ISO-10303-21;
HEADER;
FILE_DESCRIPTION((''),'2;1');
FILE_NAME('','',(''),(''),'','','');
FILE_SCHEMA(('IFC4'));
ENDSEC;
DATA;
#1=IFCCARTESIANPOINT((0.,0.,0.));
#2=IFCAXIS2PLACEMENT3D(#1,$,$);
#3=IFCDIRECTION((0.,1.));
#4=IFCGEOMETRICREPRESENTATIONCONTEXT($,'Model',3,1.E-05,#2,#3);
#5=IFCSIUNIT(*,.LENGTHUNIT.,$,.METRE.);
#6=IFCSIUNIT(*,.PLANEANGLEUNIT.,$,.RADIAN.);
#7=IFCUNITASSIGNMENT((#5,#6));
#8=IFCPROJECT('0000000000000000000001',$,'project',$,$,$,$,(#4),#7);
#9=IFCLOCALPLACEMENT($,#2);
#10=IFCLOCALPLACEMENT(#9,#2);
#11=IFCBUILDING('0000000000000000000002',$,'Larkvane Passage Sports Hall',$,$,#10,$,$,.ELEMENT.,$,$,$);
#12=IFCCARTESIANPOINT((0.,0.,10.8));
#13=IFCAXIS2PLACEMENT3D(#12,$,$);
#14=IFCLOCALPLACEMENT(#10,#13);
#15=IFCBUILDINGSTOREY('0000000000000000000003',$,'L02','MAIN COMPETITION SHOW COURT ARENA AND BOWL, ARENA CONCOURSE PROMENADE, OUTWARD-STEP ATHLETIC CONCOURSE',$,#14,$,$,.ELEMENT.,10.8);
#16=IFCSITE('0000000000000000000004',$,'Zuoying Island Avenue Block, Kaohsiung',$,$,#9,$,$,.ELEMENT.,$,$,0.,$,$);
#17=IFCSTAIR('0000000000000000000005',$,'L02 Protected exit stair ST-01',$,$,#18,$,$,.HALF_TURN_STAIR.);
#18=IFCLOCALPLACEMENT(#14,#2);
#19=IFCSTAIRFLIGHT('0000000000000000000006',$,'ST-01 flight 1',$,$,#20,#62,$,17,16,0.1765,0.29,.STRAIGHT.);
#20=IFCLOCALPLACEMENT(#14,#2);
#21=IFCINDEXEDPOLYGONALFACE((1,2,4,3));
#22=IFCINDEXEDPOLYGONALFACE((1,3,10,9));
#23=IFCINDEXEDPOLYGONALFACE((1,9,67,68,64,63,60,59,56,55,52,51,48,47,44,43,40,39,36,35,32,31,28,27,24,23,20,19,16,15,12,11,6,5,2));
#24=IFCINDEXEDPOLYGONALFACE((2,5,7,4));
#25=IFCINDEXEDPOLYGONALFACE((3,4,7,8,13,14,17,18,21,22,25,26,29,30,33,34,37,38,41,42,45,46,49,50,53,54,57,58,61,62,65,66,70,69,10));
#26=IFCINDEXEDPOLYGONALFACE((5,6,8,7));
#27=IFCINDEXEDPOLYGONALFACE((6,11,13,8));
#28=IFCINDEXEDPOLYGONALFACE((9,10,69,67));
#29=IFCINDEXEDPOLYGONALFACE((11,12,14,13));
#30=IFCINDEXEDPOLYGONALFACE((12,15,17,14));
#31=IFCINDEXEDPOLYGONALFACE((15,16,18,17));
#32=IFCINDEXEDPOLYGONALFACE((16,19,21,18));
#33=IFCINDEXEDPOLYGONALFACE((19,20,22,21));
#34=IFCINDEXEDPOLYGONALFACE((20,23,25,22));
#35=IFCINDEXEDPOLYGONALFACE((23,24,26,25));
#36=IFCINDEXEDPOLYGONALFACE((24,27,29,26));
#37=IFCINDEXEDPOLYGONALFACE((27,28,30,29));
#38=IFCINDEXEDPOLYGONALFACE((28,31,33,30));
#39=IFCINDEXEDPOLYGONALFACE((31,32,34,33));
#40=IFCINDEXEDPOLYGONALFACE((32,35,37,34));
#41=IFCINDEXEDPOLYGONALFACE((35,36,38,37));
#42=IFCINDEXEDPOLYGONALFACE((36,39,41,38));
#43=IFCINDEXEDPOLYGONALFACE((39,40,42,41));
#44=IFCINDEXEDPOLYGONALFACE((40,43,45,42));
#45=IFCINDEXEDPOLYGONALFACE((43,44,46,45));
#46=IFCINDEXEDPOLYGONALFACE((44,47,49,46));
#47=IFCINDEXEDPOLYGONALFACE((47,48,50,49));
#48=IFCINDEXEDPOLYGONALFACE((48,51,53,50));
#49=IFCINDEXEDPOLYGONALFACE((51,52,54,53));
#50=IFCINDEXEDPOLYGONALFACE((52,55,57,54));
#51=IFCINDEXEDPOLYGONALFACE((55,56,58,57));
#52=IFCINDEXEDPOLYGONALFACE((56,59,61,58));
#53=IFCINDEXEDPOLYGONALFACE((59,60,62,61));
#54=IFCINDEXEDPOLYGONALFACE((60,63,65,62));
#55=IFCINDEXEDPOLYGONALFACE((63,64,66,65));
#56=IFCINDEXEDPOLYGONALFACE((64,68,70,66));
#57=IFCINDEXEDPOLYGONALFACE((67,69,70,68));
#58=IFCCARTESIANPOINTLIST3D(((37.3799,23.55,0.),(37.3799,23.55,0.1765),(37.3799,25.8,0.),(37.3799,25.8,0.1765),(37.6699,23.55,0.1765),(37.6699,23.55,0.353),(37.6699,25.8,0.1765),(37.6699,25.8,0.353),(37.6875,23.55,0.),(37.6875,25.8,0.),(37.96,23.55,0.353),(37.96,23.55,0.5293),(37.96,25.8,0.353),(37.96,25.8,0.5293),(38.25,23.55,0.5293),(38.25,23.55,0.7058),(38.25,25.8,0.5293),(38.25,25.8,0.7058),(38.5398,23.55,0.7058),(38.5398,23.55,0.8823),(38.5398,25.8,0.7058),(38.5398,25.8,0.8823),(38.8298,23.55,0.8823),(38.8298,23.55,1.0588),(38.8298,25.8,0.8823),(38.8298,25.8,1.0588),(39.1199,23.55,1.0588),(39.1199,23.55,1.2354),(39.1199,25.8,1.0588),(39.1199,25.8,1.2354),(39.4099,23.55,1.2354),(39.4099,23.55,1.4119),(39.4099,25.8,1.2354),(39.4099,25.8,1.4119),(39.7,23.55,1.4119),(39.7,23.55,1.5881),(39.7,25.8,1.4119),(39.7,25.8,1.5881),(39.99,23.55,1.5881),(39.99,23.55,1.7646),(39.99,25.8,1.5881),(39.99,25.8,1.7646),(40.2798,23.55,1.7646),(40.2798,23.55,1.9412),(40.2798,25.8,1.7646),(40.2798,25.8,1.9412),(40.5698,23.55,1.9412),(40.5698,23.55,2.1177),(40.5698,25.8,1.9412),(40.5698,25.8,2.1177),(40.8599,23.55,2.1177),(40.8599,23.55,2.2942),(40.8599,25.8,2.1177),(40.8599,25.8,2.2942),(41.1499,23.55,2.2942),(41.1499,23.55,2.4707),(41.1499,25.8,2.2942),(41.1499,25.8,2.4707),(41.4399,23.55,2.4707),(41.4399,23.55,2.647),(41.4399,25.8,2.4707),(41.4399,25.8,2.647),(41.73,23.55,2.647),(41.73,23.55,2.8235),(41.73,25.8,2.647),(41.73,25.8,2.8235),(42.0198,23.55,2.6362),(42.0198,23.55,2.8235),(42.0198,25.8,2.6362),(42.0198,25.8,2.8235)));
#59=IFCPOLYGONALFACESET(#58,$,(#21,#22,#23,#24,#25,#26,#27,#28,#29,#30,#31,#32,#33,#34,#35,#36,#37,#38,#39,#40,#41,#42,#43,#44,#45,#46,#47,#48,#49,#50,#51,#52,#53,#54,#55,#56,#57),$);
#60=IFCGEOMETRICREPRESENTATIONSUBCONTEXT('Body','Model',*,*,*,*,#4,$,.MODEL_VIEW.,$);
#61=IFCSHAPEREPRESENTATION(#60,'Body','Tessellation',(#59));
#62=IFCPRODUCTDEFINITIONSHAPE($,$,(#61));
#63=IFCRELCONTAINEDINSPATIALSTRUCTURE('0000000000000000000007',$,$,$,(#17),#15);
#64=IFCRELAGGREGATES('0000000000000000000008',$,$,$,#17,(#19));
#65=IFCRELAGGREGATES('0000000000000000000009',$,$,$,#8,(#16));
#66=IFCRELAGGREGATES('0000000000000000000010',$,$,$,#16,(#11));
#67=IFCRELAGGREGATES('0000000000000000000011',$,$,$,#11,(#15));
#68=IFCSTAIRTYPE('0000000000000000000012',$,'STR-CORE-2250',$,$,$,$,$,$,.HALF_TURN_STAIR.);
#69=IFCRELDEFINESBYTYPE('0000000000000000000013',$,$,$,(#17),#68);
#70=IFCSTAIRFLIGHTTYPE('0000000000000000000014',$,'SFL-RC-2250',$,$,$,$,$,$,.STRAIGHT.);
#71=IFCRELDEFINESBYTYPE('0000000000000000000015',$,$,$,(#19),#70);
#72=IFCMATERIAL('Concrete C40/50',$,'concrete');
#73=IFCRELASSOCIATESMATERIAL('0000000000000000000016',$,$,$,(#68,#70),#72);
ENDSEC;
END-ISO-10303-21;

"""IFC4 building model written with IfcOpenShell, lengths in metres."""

from ifc_helpers import new_model, si_unit, direction, frame, origin, place, context, subcontext, project, spatial, polyline, outline, extrude, material, type_object, element, aggregate, save


model = new_model("IFC4")

# Units and contexts
model_context = context("Model", 3, precision=1e-05, world=origin(), true_north=direction((0.0, 1.0)))
body_context = subcontext(model_context, "Body", "Model", "MODEL_VIEW")
ifc_project = project(units=[si_unit("LENGTHUNIT", "METRE"), si_unit("PLANEANGLEUNIT", "RADIAN")], contexts=[model_context])

# Site, building, storey
site_placement = place(None, origin())
site = spatial("IfcSite", under=ifc_project, at=site_placement, Name="Zuoying Island Avenue Block, Kaohsiung", CompositionType="ELEMENT", RefElevation=0.0)
building_placement = place(site_placement, origin())
building = spatial("IfcBuilding", under=site, at=building_placement, Name="Larkvane Passage Sports Hall", CompositionType="ELEMENT")
storey_placement = place(building_placement, frame((0.0, 0.0, 10.8)))
storey = spatial("IfcBuildingStorey", under=building, at=storey_placement, Name="L02", Description="MAIN COMPETITION SHOW COURT ARENA AND BOWL, ARENA CONCOURSE PROMENADE, OUTWARD-STEP ATHLETIC CONCOURSE", CompositionType="ELEMENT", Elevation=10.8)

# Shared definitions
ifc_material_1 = material(Name="Concrete C40/50", Category="concrete")

# Stair, stair flight
stair_type = type_object("IfcStairType", Name="STR-CORE-2250", PredefinedType="HALF_TURN_STAIR", material=ifc_material_1)
stair_placement = place(storey_placement, origin())
stair = element("IfcStair", 1, at=stair_placement, inside=storey, type_object=stair_type, Name="L02 Protected exit stair ST-01", PredefinedType="HALF_TURN_STAIR")
stair_flight_type = type_object("IfcStairFlightType", Name="SFL-RC-2250", PredefinedType="STRAIGHT", material=ifc_material_1)
stair_flight_placement = place(storey_placement, frame((37.3799, 24.675, 0.0), z_axis=(0.0, 0.0, 1.0), x_axis=(1.0, 0.0, 0.0)))
stair_flight = element("IfcStairFlight", 2, at=stair_flight_placement, type_object=stair_flight_type, Name="ST-01 flight 1", NumberOfRisers=17, NumberOfTreads=16, PredefinedType="STRAIGHT", RiserHeight=0.1765, TreadLength=0.29, context=body_context, shape_type="SweptSolid", body=[
    extrude(outline(polyline([(0.0, 0.0), (0.0, 0.1765), (0.29, 0.1765), (0.29, 0.353), (0.5801, 0.353), (0.5801, 0.5293), (0.8701, 0.5293), (0.8701, 0.7058), (1.1599, 0.7058), (1.1599, 0.8823), (1.45, 0.8823), (1.45, 1.0588), (1.74, 1.0588), (1.74, 1.2354), (2.03, 1.2354), (2.03, 1.4119), (2.3201, 1.4119), (2.3201, 1.5881), (2.6101, 1.5881), (2.6101, 1.7646), (2.8999, 1.7646), (2.8999, 1.9412), (3.1899, 1.9412), (3.1899, 2.1177), (3.48, 2.1177), (3.48, 2.2942), (3.77, 2.2942), (3.77, 2.4707), (4.0601, 2.4707), (4.0601, 2.647), (4.3501, 2.647), (4.3501, 2.8235), (4.6399, 2.8235), (4.6399, 3.0), (4.6399, 2.6362), (0.3076, 0.0), (0.0, 0.0)])), frame((0.0, 1.125, 0.0), z_axis=(0.0, -1.0, 0.0), x_axis=(1.0, 0.0, 0.0)), (0.0, 0.0, 1.0), 2.25),
])
aggregate(stair, [stair_flight])

save(model, "model.ifc")
